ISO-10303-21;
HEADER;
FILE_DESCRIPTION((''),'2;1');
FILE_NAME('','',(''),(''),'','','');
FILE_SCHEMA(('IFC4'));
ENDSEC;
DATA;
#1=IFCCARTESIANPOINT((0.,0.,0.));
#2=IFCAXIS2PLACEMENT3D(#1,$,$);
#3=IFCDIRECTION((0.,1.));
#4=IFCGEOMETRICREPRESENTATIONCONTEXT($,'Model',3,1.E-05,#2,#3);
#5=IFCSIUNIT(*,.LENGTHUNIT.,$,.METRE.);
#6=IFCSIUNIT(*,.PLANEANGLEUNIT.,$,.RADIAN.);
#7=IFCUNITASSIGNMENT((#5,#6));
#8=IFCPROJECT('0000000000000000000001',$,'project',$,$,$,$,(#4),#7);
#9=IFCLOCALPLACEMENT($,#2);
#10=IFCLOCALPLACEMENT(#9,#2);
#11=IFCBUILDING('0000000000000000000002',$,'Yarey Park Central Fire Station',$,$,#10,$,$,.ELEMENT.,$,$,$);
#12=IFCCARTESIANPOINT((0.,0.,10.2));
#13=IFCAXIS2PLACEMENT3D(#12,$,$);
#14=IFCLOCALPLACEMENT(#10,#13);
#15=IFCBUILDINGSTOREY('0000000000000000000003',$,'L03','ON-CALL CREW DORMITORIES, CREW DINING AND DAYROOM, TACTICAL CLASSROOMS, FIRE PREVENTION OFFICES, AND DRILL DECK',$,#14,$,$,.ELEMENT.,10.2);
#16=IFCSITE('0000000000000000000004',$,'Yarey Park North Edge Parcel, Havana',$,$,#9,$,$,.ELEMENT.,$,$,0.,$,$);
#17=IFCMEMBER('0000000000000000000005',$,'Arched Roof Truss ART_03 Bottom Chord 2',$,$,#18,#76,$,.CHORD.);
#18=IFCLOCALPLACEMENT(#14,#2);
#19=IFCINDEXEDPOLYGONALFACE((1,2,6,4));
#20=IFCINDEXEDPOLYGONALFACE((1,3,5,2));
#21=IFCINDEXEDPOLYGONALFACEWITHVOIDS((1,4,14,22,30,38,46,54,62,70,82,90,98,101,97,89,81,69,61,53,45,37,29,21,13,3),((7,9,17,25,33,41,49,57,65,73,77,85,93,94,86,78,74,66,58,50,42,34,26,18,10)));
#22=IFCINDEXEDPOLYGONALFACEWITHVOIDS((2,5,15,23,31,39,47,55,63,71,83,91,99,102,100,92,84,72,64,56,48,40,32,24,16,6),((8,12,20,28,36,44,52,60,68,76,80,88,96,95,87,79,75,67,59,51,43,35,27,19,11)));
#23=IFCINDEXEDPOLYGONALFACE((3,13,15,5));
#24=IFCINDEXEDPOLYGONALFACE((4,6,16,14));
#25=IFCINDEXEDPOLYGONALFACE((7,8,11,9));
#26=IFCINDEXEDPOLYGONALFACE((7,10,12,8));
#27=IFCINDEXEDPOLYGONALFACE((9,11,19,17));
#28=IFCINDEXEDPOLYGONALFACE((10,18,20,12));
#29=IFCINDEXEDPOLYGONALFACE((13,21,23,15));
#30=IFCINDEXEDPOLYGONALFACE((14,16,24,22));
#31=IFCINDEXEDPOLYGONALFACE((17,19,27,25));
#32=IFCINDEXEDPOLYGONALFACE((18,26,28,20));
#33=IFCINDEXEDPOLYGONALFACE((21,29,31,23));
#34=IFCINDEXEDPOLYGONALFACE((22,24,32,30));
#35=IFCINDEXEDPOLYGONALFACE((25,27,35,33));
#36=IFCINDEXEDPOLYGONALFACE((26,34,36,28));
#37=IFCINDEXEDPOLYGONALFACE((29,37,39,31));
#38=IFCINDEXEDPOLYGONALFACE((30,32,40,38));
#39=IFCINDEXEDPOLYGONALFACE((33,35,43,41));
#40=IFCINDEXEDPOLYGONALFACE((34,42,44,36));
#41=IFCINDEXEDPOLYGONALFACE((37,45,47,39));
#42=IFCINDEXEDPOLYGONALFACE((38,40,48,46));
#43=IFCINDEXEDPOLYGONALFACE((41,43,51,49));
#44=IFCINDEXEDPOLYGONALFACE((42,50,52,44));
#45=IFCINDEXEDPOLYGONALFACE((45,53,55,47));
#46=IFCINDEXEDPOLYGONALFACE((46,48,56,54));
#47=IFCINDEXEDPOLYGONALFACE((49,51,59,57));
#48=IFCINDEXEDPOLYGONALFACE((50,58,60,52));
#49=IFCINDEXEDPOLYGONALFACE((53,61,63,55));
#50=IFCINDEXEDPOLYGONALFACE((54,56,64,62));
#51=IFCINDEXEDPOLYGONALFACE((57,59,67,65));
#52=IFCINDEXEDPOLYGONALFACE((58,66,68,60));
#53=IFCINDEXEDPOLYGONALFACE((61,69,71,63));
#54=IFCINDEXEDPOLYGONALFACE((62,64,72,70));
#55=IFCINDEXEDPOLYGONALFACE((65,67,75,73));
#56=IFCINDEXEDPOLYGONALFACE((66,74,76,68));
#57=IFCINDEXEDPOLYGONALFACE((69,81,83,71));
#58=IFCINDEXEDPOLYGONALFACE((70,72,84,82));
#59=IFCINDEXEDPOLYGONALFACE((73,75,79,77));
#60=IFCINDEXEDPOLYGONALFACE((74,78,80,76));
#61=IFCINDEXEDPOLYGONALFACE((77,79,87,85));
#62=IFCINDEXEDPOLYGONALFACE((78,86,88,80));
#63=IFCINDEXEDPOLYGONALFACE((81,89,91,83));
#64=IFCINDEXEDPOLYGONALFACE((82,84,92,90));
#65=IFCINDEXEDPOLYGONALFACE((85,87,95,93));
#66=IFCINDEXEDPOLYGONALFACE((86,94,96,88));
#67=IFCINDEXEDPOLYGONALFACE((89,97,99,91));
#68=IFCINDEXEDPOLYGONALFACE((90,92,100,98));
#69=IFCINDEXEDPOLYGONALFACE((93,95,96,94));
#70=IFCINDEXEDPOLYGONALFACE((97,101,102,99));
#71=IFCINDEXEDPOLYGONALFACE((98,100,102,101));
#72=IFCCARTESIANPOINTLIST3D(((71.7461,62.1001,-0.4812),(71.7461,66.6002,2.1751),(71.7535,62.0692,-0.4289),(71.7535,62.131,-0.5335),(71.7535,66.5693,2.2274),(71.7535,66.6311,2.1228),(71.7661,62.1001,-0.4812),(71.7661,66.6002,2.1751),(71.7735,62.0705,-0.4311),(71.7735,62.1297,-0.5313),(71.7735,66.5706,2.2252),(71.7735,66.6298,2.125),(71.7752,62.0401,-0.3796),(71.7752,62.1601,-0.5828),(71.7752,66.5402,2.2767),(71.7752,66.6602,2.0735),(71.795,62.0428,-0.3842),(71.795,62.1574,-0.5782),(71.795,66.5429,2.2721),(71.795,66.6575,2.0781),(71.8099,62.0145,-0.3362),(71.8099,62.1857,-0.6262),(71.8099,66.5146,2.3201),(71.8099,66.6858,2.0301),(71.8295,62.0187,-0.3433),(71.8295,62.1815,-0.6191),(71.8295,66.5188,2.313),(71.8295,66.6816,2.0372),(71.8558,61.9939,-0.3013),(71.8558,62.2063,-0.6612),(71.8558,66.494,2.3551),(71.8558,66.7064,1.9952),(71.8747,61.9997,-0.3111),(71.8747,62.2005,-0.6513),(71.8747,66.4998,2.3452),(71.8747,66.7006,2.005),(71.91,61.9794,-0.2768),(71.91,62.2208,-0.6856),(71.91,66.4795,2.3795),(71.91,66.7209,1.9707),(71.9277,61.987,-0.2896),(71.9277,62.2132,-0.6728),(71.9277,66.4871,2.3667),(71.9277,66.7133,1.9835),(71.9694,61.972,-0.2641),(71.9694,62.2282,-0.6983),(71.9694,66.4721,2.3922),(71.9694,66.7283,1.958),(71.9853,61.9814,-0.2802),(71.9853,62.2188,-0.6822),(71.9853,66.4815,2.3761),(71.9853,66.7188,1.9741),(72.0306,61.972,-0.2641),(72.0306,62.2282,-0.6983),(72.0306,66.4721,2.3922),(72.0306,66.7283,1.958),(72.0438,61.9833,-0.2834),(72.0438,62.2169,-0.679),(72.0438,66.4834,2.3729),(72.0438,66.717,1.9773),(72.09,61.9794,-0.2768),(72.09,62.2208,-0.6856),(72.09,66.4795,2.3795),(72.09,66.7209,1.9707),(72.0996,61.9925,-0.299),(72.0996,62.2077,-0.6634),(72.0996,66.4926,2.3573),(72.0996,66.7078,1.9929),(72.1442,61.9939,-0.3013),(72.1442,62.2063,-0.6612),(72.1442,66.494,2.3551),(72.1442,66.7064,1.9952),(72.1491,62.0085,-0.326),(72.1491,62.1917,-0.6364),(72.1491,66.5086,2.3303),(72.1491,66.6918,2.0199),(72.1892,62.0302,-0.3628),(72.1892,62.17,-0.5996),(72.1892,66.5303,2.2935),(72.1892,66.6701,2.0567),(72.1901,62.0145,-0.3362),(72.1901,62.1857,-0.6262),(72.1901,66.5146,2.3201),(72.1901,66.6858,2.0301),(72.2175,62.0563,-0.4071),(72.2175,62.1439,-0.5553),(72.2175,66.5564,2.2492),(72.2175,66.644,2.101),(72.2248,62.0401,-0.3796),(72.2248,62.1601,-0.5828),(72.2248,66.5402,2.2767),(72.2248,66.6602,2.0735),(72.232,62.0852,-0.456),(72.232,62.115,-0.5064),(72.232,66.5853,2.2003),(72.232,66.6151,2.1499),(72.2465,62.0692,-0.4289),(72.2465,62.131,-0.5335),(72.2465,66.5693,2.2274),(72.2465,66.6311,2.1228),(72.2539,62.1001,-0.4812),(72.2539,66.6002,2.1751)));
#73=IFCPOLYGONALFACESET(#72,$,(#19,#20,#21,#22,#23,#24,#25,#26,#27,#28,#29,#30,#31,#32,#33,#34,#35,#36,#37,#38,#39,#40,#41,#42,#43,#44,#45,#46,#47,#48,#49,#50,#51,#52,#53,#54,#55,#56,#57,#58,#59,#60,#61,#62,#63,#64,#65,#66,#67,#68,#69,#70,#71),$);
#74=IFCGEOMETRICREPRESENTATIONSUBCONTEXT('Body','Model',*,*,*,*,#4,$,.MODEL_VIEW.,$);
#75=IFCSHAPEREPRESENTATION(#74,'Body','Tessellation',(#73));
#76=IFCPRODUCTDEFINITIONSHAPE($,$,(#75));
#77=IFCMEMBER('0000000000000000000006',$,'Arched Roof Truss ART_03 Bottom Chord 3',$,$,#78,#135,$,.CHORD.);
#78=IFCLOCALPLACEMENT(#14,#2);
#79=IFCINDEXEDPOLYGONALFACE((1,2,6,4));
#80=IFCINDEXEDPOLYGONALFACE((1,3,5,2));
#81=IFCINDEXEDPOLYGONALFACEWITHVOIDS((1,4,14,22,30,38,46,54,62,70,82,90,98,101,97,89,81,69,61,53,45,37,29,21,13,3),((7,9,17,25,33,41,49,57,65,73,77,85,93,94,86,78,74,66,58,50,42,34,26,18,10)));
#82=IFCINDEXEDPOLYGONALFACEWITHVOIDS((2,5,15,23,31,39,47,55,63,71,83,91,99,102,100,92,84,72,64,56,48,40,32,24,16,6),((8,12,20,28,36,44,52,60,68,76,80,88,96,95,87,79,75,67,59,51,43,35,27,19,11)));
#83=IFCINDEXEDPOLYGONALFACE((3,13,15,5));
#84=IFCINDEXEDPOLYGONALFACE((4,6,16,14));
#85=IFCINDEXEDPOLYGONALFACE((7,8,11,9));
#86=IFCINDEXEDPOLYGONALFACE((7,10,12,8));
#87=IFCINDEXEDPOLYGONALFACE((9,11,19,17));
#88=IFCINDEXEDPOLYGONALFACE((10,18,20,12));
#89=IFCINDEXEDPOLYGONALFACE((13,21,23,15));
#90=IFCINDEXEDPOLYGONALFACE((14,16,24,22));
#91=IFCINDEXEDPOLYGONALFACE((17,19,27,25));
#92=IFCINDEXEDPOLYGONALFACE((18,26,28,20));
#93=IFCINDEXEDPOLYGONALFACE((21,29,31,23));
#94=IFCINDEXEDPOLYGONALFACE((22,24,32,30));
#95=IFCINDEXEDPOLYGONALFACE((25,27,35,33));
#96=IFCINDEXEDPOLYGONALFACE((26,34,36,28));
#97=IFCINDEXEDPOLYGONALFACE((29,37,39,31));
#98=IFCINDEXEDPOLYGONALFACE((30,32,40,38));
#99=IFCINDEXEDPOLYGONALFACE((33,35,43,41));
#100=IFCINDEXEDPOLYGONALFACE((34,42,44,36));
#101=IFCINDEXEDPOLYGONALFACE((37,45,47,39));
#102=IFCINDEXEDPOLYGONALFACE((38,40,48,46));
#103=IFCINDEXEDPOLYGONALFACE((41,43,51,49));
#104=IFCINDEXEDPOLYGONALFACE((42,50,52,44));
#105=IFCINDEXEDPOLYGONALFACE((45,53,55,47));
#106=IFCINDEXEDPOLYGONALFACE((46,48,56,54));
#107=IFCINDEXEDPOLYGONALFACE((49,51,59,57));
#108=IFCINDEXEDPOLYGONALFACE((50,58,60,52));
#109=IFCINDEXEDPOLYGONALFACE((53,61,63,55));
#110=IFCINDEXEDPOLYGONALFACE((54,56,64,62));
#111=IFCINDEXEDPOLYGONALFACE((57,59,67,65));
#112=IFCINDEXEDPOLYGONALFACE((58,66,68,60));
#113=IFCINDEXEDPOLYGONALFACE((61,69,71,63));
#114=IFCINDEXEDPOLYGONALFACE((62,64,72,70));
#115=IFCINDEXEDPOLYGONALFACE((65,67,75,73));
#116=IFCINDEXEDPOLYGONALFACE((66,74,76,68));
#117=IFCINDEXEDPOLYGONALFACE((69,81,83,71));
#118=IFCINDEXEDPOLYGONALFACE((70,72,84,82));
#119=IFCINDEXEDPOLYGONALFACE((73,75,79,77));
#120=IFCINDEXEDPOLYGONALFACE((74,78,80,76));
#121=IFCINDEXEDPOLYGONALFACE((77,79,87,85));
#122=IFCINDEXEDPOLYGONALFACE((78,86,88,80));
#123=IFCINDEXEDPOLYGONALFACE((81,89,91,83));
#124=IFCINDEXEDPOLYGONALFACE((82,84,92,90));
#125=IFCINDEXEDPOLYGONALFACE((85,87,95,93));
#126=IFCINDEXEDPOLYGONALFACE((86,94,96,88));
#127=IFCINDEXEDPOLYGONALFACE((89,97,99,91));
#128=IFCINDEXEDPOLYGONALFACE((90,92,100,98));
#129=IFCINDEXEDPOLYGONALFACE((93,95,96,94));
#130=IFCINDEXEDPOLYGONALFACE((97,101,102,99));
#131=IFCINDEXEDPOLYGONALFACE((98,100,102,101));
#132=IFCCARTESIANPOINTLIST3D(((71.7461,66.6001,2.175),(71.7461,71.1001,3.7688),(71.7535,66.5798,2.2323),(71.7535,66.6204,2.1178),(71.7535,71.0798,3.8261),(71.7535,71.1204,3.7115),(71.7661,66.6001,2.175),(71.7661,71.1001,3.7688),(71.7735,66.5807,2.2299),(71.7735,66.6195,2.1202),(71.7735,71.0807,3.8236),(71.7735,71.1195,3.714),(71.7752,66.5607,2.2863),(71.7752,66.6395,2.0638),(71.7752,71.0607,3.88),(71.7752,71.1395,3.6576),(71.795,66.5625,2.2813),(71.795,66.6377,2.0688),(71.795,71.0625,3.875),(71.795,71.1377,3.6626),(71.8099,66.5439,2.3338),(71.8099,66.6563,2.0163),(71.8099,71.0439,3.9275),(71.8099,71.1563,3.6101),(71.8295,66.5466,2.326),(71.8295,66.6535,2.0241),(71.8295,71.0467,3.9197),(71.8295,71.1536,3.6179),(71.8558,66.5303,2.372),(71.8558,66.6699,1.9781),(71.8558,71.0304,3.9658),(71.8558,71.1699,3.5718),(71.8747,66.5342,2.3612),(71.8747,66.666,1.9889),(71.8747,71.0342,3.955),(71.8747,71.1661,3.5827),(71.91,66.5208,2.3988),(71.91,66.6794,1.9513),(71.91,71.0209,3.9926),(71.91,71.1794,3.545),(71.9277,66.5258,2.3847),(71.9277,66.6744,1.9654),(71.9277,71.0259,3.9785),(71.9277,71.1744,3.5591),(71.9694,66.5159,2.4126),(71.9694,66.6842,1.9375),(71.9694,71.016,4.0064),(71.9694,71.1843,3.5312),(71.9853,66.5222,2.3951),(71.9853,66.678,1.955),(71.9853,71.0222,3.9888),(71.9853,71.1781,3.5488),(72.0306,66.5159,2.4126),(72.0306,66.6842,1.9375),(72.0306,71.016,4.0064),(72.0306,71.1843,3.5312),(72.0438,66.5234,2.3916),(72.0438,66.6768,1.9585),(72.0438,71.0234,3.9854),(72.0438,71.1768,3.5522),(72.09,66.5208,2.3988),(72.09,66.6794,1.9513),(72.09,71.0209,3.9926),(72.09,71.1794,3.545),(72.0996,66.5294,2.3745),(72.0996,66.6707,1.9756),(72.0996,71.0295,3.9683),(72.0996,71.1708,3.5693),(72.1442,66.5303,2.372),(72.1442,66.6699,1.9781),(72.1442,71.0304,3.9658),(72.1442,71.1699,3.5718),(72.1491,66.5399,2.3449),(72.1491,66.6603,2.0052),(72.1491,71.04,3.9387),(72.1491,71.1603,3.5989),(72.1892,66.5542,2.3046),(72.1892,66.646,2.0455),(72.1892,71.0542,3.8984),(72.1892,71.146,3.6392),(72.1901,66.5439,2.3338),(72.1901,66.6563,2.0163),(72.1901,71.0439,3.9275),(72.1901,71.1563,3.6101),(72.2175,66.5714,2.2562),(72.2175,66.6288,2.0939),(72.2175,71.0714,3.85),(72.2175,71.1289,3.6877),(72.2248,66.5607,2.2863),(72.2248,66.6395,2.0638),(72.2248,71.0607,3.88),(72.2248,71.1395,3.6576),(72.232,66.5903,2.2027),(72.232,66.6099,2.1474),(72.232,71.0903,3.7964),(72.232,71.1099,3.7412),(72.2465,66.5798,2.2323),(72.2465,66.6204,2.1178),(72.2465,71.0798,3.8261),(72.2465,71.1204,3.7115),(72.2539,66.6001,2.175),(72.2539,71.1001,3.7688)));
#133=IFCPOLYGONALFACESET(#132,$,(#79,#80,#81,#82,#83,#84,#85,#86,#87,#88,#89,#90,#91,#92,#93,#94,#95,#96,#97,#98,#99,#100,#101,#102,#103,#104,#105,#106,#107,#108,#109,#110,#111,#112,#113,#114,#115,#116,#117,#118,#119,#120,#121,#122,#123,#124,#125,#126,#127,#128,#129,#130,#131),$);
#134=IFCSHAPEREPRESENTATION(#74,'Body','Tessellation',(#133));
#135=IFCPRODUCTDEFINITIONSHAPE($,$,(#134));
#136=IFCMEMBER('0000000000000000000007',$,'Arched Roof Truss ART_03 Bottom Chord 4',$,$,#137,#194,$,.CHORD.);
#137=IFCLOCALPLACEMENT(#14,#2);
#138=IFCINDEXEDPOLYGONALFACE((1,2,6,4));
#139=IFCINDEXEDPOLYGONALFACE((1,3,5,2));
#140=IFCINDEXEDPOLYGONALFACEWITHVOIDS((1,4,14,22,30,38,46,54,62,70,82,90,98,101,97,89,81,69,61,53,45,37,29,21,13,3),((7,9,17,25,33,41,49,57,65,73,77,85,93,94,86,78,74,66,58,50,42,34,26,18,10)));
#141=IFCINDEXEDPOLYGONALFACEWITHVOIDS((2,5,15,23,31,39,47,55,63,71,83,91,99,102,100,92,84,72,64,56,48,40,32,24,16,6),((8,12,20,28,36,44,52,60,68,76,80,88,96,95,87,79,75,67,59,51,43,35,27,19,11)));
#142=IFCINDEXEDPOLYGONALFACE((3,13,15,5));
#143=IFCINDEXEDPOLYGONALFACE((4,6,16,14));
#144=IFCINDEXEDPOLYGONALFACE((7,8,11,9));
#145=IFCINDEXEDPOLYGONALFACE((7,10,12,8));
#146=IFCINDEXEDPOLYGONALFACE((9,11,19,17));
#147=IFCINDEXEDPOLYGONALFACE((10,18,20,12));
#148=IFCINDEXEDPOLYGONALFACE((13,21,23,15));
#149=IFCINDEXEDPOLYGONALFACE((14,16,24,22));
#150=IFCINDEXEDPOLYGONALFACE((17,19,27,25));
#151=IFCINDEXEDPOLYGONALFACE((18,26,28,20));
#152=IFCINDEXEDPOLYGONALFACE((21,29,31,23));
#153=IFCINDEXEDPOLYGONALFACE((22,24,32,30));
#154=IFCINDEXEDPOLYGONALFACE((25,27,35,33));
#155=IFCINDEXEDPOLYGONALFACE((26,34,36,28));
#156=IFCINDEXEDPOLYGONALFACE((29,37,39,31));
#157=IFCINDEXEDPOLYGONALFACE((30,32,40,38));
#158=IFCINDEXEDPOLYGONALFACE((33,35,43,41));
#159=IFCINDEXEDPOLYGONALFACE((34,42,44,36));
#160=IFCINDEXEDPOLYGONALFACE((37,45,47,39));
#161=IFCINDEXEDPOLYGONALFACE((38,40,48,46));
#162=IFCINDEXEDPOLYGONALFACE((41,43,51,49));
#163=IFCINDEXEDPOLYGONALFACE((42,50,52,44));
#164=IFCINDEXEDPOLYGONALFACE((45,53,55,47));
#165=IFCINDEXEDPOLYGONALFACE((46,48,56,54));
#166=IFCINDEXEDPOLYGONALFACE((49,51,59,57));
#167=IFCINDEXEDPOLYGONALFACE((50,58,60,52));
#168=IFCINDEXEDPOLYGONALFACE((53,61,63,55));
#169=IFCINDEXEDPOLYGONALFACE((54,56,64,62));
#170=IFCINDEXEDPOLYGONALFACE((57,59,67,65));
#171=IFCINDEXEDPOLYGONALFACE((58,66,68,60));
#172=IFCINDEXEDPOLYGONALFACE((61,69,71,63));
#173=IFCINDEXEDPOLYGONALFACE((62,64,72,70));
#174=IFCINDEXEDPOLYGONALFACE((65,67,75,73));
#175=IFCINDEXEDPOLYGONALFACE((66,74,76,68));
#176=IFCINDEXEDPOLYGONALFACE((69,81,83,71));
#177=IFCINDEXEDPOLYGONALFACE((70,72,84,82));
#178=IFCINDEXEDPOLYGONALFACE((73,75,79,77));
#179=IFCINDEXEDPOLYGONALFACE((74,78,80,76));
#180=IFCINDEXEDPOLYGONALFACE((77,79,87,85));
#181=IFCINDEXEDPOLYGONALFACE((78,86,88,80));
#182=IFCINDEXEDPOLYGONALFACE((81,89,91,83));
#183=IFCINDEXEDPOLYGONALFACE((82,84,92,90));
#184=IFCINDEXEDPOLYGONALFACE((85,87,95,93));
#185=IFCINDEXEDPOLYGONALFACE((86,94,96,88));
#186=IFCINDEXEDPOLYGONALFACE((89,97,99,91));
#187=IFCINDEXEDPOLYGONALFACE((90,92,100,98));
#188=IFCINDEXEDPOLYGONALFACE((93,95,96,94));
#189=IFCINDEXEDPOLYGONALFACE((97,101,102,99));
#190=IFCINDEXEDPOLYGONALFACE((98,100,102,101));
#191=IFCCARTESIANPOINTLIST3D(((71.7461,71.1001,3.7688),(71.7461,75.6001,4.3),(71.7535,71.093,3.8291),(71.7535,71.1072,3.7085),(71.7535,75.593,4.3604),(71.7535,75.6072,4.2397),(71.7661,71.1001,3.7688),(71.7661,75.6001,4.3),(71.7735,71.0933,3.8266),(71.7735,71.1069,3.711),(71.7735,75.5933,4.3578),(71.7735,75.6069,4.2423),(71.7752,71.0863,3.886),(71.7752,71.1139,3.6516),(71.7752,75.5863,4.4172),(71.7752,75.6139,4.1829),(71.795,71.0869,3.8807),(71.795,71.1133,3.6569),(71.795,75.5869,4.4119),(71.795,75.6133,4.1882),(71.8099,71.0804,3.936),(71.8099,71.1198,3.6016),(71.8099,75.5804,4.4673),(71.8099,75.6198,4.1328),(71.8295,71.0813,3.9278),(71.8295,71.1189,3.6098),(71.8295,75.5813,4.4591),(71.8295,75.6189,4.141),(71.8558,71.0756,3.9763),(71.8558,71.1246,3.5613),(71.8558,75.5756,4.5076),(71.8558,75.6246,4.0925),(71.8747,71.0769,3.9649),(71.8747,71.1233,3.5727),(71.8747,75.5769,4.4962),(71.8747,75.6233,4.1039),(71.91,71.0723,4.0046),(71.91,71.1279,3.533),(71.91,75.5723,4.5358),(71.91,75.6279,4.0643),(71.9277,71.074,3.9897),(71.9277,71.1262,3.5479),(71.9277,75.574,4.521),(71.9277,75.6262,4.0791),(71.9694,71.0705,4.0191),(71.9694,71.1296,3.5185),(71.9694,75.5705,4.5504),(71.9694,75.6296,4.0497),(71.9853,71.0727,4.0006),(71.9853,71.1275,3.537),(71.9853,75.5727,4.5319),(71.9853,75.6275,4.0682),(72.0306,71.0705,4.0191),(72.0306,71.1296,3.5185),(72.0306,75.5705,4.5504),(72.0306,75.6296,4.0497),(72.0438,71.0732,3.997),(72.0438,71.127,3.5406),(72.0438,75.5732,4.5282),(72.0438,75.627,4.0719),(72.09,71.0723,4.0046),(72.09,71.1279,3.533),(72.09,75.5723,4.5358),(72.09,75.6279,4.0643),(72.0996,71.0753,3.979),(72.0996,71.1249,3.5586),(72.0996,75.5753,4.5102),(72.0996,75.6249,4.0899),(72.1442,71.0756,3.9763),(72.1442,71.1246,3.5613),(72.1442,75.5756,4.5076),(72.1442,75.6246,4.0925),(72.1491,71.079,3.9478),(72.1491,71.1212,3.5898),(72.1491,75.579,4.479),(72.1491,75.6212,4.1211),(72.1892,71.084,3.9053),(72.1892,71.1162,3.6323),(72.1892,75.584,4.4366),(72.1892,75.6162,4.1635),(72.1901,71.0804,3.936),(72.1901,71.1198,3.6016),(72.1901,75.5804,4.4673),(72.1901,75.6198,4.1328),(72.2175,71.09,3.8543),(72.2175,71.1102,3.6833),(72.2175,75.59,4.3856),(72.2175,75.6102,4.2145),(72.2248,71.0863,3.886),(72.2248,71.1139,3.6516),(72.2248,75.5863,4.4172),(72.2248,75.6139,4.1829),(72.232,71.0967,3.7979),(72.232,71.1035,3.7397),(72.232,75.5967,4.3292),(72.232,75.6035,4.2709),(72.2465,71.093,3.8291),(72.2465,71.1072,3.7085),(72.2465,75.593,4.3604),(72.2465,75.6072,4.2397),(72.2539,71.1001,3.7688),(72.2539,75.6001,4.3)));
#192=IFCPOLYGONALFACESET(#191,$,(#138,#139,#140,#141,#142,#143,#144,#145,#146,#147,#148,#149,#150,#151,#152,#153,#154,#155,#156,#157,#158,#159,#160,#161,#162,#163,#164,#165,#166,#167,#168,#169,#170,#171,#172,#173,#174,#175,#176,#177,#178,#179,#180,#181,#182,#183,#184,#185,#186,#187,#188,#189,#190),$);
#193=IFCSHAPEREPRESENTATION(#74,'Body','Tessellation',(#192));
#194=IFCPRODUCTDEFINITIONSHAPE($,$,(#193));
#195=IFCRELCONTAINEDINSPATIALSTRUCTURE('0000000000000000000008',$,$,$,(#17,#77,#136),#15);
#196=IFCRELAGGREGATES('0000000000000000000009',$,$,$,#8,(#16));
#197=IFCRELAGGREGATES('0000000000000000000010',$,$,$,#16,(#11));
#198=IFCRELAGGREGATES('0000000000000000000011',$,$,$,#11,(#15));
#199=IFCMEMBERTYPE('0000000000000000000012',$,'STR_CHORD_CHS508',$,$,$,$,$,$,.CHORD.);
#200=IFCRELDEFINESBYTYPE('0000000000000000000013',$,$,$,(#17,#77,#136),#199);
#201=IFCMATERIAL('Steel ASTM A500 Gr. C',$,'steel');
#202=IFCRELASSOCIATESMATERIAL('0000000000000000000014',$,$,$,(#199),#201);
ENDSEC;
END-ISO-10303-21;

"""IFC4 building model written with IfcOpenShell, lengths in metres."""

from ifc_helpers import new_model, si_unit, direction, frame, origin, origin_2d, place, context, subcontext, project, spatial, hollow_circle, extrude, material, material_profile, profile_set, type_object, element, save


model = new_model("IFC4")

# Units and contexts
model_context = context("Model", 3, precision=1e-05, world=origin(), true_north=direction((0.0, 1.0)))
body_context = subcontext(model_context, "Body", "Model", "MODEL_VIEW")
ifc_project = project(units=[si_unit("LENGTHUNIT", "METRE"), si_unit("PLANEANGLEUNIT", "RADIAN")], contexts=[model_context])

# Site, building, storey
site_placement = place(None, origin())
site = spatial("IfcSite", under=ifc_project, at=site_placement, Name="Yarey Park North Edge Parcel, Havana", CompositionType="ELEMENT", RefElevation=0.0)
building_placement = place(site_placement, origin())
building = spatial("IfcBuilding", under=site, at=building_placement, Name="Yarey Park Central Fire Station", CompositionType="ELEMENT")
storey_placement = place(building_placement, frame((0.0, 0.0, 10.2)))
storey = spatial("IfcBuildingStorey", under=building, at=storey_placement, Name="L03", Description="ON-CALL CREW DORMITORIES, CREW DINING AND DAYROOM, TACTICAL CLASSROOMS, FIRE PREVENTION OFFICES, AND DRILL DECK", CompositionType="ELEMENT", Elevation=10.2)

# Members
ifc_material_1 = material(Name="Steel ASTM A500 Gr. C", Category="steel")
ifc_material_profile_1 = material_profile(ifc_material_1, hollow_circle(Radius=0.2539, WallThickness=0.02, at=origin_2d()), Name="CHS 508x20")
ifc_profile_set_1 = profile_set([ifc_material_profile_1], Name="Steel ASTM A500 Gr. C")
member_type_1 = type_object("IfcMemberType", Name="STR_CHORD_CHS508", PredefinedType="CHORD", material=ifc_profile_set_1)
member_1_placement = place(storey_placement, frame((72.0, 62.1001, -0.4812), z_axis=(0.0, 0.861165, 0.508326), x_axis=(-1.0, 0.0, 0.0)))
element("IfcMember", 1, at=member_1_placement, inside=storey, type_object=member_type_1, Name="Arched Roof Truss ART_03 Bottom Chord 2", PredefinedType="CHORD", context=body_context, shape_type="SweptSolid", body=[
    extrude(hollow_circle(Radius=0.2539, WallThickness=0.02, at=origin_2d()), origin(), (0.0, 0.0, 1.0), 5.2256),
])
member_2_placement = place(storey_placement, frame((72.0, 66.6001, 2.175), z_axis=(0.0, 0.942627, 0.333847), x_axis=(-1.0, 0.0, 0.0)))
element("IfcMember", 2, at=member_2_placement, inside=storey, type_object=member_type_1, Name="Arched Roof Truss ART_03 Bottom Chord 3", PredefinedType="CHORD", context=body_context, shape_type="SweptSolid", body=[
    extrude(hollow_circle(Radius=0.2539, WallThickness=0.02, at=origin_2d()), origin(), (0.0, 0.0, 1.0), 4.7739),
])
member_3_placement = place(storey_placement, frame((72.0, 71.1001, 3.7688), z_axis=(0.0, 0.993103, 0.117241), x_axis=(-1.0, 0.0, 0.0)))
element("IfcMember", 3, at=member_3_placement, inside=storey, type_object=member_type_1, Name="Arched Roof Truss ART_03 Bottom Chord 4", PredefinedType="CHORD", context=body_context, shape_type="SweptSolid", body=[
    extrude(hollow_circle(Radius=0.2539, WallThickness=0.02, at=origin_2d()), origin(), (0.0, 0.0, 1.0), 4.5312),
])

save(model, "model.ifc")
